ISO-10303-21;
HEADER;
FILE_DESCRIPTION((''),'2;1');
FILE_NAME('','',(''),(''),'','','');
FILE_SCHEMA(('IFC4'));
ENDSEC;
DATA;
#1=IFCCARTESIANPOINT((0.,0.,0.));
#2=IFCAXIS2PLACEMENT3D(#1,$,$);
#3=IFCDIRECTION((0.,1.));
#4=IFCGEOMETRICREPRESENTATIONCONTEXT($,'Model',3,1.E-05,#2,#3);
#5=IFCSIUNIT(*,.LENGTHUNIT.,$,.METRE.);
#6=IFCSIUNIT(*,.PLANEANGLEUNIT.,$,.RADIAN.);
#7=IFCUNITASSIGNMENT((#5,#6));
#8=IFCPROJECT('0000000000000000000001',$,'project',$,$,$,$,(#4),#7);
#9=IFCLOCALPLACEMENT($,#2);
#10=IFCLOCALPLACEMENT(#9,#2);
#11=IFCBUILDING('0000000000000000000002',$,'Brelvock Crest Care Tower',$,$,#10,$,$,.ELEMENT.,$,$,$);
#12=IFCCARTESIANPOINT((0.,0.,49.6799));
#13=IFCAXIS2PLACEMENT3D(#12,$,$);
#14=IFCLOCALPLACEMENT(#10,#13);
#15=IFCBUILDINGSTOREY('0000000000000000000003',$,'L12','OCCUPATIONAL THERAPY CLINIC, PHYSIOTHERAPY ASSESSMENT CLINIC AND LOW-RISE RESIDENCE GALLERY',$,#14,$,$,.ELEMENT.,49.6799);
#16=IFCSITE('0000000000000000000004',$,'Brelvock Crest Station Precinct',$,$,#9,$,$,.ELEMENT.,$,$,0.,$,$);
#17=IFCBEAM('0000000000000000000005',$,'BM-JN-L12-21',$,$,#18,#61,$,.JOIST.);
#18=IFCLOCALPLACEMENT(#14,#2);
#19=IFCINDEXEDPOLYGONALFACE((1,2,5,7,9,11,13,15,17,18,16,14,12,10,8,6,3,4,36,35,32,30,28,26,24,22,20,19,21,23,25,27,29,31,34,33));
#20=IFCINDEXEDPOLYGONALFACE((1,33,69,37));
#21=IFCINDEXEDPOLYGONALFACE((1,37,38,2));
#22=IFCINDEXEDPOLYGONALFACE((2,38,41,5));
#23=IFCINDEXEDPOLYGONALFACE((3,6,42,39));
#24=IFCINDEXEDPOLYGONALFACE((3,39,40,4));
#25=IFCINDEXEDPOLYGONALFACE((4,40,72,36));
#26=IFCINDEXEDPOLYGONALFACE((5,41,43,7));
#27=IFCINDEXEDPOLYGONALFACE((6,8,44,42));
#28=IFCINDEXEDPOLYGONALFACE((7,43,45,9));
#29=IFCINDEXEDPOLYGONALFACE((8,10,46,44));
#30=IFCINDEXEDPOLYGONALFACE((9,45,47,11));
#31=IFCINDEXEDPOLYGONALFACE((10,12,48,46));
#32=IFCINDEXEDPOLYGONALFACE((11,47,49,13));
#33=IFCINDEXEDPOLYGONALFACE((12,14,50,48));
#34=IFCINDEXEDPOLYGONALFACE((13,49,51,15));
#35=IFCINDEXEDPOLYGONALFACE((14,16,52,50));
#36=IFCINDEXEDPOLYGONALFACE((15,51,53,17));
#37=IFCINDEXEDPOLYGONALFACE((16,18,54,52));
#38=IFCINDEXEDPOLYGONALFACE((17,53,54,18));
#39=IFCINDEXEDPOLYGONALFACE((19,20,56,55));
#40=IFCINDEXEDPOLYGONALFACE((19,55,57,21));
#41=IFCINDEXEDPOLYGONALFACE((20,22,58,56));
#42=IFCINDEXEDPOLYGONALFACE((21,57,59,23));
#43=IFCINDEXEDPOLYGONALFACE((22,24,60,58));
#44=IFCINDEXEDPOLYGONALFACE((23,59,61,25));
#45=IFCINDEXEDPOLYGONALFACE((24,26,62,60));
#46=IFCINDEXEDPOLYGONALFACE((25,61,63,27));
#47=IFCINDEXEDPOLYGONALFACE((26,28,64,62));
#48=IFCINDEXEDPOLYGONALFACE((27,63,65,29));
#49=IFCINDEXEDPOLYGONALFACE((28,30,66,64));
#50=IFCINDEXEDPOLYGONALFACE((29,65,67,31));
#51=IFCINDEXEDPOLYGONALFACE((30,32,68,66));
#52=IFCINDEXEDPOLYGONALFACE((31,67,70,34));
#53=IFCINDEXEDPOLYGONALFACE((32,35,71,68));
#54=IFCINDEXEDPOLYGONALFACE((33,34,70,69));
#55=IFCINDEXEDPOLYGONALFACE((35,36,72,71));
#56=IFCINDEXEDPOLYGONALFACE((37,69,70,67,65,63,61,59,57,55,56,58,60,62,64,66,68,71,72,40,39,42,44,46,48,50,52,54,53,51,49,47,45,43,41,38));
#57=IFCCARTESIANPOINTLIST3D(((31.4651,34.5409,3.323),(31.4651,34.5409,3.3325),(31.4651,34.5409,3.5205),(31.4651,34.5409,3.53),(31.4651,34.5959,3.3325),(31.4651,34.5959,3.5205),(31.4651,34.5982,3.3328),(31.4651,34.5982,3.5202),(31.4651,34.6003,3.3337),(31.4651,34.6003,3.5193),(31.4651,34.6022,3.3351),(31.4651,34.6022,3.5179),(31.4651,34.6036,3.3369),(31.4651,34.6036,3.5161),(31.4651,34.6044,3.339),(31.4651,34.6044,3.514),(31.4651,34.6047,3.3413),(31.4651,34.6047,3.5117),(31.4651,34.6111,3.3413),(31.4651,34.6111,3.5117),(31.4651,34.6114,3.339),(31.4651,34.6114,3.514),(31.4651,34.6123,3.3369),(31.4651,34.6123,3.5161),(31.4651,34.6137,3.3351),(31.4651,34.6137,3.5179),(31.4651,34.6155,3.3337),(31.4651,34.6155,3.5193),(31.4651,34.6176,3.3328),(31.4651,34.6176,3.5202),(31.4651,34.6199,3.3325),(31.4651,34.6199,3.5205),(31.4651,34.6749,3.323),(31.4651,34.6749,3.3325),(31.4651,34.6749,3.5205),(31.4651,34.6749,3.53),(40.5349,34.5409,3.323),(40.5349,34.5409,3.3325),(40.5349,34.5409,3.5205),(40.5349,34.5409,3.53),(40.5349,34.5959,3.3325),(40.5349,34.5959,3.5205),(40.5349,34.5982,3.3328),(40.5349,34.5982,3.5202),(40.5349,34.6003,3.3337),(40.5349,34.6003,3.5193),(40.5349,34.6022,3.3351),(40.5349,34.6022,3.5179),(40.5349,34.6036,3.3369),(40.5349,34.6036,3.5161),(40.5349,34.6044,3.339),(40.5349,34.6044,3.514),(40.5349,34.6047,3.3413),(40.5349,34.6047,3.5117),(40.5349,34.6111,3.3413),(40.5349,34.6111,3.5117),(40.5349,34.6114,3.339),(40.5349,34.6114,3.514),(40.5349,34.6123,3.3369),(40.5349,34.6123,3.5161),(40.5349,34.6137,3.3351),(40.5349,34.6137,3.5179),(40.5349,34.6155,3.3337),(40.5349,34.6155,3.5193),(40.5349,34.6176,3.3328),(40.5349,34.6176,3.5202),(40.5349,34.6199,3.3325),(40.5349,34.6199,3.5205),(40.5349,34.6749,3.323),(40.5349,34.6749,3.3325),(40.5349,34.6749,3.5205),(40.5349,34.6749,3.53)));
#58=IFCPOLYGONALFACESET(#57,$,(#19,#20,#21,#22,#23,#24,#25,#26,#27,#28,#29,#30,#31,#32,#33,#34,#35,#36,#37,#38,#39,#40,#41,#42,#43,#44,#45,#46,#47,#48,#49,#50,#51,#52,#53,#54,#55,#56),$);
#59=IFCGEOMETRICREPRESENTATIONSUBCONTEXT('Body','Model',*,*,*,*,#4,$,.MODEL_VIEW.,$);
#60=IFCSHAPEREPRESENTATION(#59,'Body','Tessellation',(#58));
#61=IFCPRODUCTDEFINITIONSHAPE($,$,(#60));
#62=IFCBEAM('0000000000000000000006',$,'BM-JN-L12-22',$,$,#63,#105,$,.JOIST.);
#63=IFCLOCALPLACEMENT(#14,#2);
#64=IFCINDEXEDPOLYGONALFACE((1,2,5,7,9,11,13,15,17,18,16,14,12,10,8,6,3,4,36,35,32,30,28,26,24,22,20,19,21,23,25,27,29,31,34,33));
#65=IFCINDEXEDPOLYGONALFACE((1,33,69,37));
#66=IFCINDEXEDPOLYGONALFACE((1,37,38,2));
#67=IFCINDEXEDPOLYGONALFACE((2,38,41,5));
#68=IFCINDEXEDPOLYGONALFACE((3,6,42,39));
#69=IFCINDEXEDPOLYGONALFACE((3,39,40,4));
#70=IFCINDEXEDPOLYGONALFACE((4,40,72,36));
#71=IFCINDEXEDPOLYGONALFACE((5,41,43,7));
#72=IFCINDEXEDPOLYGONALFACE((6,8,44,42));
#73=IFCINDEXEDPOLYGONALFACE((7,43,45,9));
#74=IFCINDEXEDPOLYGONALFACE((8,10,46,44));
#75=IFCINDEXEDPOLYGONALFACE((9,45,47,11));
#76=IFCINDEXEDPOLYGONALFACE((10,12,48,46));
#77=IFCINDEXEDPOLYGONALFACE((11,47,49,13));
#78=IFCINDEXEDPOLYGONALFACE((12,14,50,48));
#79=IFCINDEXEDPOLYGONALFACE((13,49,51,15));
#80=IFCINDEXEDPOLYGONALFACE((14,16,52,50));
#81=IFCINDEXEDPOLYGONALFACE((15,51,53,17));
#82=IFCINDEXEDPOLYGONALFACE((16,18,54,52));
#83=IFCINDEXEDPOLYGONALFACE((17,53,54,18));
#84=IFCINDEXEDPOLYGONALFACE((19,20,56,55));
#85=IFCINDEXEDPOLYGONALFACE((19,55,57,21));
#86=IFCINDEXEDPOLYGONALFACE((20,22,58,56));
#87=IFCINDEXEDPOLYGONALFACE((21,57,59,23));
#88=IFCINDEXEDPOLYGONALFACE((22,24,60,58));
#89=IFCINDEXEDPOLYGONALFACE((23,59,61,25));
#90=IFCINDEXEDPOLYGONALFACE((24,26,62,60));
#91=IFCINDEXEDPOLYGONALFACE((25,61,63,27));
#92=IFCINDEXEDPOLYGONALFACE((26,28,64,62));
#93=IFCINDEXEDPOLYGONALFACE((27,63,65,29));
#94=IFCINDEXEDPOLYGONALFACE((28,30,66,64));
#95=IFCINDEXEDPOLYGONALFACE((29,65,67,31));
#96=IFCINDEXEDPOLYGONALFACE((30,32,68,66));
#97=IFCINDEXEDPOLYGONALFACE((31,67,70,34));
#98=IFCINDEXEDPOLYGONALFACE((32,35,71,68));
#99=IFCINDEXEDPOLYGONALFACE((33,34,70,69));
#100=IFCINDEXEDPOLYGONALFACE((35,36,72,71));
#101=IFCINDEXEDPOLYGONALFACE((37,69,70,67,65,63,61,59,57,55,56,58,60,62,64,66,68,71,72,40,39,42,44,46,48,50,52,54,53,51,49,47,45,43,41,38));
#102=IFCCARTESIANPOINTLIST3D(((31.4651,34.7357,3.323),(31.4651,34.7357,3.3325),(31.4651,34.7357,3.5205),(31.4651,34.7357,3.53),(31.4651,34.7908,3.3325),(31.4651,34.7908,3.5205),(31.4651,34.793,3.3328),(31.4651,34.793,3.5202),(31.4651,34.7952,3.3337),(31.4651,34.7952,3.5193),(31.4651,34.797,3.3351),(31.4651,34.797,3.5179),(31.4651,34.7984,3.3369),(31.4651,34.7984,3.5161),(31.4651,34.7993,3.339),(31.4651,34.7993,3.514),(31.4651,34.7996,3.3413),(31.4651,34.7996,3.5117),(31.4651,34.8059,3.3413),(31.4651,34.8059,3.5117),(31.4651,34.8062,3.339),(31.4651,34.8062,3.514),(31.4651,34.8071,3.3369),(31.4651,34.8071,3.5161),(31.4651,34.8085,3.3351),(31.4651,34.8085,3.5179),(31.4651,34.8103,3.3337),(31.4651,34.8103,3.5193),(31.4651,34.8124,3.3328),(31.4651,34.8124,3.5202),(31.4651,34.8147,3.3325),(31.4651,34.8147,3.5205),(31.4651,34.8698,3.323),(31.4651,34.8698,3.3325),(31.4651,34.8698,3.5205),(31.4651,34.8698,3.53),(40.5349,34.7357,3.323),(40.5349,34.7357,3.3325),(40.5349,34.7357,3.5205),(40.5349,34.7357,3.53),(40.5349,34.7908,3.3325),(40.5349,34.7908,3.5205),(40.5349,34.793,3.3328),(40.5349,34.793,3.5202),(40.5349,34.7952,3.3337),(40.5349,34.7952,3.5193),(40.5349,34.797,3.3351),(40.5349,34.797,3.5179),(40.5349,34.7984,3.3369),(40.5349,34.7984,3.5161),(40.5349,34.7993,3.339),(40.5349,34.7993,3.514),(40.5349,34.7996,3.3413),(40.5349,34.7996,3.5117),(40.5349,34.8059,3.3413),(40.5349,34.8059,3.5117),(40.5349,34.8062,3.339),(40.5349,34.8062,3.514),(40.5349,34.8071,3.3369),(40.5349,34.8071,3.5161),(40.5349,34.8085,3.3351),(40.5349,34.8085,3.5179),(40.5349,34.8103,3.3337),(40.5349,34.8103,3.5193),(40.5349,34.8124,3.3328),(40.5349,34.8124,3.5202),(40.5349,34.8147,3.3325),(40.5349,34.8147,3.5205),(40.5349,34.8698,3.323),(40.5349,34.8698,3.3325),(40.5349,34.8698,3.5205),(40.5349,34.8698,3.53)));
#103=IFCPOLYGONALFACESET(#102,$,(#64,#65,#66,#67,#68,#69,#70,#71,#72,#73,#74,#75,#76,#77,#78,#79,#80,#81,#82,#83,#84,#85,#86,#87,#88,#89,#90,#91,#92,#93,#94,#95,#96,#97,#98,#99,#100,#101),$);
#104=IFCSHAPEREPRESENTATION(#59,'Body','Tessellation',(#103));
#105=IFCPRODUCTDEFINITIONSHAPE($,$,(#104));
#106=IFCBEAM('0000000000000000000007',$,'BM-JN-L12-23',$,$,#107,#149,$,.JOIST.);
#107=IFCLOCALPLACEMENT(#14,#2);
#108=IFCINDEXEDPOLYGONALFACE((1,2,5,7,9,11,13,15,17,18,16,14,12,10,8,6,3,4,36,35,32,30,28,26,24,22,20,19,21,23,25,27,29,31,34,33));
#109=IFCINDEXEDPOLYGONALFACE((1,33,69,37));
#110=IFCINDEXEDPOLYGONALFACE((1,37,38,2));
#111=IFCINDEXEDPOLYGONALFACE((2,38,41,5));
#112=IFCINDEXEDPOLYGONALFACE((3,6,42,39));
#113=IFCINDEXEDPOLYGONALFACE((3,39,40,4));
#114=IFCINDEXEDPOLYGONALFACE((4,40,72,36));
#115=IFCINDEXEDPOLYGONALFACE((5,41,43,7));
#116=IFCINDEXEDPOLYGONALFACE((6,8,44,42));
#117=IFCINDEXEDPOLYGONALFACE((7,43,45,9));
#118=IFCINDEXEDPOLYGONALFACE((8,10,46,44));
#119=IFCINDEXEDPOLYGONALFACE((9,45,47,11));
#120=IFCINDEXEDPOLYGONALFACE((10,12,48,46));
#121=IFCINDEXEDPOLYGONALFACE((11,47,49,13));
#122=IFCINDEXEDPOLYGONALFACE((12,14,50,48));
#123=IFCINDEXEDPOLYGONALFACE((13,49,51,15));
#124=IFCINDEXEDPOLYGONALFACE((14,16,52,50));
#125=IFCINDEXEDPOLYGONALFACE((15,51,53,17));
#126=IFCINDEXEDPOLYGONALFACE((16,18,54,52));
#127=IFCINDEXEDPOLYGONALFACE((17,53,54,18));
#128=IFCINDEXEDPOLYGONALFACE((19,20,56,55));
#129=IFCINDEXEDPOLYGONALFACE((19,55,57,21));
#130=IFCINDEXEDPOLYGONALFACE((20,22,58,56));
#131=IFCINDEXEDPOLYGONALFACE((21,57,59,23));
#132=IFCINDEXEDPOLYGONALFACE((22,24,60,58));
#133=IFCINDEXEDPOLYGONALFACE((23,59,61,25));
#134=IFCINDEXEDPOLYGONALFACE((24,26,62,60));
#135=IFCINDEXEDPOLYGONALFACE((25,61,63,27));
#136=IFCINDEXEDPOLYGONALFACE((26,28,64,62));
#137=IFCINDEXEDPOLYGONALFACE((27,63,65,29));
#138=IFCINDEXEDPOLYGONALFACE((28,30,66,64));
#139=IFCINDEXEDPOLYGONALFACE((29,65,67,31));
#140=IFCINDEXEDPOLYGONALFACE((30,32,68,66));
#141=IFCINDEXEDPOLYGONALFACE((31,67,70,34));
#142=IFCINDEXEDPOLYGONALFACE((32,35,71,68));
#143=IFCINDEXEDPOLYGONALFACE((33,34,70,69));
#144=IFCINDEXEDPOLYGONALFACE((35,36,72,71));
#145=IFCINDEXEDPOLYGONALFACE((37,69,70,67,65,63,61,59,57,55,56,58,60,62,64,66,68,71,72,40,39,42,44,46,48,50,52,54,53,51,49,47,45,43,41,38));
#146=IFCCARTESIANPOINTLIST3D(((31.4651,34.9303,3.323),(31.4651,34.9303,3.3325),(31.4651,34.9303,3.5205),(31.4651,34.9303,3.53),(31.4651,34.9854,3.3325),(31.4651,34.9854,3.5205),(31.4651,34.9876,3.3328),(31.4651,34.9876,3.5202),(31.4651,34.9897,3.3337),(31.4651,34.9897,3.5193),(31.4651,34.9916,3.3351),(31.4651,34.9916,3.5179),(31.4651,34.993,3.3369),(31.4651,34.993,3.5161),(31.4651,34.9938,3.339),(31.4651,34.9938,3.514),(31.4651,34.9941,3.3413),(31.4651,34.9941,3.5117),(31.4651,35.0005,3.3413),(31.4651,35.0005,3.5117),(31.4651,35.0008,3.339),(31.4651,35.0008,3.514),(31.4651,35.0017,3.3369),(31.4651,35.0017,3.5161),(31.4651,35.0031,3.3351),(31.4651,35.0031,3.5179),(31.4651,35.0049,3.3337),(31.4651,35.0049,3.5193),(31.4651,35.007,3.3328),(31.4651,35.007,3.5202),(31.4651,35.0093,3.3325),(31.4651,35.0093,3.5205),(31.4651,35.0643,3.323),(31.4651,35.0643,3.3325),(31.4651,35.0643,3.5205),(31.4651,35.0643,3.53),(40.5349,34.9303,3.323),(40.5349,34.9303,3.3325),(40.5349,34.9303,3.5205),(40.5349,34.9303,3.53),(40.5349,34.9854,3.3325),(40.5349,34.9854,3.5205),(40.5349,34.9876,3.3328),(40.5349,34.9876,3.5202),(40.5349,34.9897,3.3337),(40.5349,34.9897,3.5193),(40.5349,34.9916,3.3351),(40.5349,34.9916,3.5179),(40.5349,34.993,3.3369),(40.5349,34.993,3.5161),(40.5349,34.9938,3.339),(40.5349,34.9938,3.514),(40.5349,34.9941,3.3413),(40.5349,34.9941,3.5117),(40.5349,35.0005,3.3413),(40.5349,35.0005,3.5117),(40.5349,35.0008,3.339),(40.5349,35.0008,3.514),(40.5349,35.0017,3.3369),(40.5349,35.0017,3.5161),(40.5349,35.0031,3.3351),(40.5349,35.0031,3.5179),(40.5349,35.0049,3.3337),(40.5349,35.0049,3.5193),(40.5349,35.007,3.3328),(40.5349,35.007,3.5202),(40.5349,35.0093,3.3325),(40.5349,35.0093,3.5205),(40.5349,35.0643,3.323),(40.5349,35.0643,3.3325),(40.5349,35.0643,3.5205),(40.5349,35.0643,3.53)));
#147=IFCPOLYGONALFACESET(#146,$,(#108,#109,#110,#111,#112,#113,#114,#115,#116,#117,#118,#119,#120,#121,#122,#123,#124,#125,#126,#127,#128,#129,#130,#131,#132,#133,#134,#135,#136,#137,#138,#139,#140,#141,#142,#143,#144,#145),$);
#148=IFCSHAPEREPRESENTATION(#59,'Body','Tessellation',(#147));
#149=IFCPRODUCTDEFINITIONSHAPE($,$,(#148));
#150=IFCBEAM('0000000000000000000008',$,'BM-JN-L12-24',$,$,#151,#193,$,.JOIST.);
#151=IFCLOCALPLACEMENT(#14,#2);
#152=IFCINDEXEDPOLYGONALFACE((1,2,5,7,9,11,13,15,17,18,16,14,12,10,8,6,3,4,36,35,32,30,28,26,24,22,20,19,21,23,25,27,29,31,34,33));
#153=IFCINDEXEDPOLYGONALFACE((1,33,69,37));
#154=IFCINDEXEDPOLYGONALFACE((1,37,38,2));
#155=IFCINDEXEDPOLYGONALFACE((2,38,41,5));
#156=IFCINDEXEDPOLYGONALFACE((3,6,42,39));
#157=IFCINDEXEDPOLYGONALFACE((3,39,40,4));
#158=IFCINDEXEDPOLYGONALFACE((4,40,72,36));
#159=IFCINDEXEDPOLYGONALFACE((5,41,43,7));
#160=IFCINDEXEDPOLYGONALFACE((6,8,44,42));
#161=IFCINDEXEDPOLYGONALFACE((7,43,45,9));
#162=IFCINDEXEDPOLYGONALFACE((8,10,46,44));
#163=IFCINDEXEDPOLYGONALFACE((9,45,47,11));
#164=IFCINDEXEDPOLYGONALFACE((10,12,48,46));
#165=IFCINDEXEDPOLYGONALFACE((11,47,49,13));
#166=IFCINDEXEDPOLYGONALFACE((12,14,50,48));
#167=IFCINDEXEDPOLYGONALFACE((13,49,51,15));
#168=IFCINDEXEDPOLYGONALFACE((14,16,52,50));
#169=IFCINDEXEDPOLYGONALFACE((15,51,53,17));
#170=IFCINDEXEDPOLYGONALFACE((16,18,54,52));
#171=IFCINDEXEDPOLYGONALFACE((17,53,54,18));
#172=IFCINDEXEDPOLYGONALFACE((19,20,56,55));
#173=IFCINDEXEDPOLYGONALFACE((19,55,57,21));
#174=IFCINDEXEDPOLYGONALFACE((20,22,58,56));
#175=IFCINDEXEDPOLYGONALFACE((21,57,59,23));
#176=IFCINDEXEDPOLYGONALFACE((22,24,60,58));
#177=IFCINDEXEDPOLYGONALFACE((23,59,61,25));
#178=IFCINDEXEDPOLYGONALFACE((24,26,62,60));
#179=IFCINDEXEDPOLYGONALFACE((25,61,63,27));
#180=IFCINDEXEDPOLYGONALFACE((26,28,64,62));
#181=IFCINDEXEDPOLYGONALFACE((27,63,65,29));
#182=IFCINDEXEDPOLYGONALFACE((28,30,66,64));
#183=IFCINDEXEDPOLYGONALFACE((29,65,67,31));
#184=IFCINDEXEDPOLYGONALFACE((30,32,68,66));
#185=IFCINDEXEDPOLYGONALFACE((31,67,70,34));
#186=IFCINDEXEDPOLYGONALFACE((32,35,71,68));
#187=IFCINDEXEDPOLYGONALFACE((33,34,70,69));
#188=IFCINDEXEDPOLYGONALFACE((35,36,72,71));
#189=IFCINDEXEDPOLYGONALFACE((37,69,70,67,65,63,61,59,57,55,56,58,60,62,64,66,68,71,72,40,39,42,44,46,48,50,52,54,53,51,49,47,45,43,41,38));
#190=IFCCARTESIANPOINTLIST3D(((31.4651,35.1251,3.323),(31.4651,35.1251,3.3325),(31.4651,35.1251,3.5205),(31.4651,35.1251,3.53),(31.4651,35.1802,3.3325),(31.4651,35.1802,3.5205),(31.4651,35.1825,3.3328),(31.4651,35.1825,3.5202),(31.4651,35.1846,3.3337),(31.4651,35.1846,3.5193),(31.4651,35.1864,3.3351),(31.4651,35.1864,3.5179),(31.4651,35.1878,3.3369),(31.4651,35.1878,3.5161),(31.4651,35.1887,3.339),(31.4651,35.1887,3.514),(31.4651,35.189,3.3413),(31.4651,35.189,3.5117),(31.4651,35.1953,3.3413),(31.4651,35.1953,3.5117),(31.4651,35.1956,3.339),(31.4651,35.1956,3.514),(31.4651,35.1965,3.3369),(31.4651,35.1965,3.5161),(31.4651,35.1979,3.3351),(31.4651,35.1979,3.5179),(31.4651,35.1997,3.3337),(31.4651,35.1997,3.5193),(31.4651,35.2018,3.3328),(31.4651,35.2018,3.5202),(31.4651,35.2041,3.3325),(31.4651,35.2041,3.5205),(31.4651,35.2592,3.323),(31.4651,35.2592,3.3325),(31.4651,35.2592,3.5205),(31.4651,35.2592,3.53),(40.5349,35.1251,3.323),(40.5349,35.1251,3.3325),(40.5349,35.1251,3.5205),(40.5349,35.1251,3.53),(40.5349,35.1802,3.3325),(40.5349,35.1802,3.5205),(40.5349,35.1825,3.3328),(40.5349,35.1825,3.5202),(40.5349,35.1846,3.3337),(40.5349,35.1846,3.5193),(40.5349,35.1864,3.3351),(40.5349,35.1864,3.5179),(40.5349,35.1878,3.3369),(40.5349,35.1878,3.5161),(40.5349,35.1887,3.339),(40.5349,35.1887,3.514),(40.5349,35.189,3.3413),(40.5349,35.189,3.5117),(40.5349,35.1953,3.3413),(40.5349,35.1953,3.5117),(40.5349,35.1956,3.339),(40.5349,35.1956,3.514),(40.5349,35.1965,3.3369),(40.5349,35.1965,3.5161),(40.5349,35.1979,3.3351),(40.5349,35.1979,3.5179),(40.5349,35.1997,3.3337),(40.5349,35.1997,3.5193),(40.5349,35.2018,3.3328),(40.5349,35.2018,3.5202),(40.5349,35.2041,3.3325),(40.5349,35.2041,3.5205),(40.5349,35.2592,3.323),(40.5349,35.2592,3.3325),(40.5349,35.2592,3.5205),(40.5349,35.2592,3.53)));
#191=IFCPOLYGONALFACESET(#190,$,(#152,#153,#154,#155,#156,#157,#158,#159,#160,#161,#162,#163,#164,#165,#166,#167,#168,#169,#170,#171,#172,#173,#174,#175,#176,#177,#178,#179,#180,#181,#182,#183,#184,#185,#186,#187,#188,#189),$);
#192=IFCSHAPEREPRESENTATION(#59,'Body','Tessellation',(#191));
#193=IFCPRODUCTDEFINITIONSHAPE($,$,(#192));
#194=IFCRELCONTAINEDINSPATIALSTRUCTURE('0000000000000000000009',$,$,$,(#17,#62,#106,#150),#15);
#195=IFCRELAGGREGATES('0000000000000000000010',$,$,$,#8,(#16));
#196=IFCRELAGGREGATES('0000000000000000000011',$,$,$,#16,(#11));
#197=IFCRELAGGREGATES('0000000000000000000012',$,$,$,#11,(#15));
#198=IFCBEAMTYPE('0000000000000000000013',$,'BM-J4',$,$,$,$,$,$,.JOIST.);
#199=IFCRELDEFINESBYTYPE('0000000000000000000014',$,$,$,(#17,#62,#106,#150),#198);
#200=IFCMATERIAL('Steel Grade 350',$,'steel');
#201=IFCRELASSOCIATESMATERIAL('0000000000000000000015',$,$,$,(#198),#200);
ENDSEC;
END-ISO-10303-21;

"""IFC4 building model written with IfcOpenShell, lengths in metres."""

from ifc_helpers import new_model, si_unit, direction, frame, origin, origin_2d, place, context, subcontext, project, spatial, i_section, extrude, source, transform, mapped, material, material_profile, profile_set, type_object, element, save


model = new_model("IFC4")

# Units and contexts
model_context = context("Model", 3, precision=1e-05, world=origin(), true_north=direction((0.0, 1.0)))
body_context = subcontext(model_context, "Body", "Model", "MODEL_VIEW")
ifc_project = project(units=[si_unit("LENGTHUNIT", "METRE"), si_unit("PLANEANGLEUNIT", "RADIAN")], contexts=[model_context])

# Site, building, storey
site_placement = place(None, origin())
site = spatial("IfcSite", under=ifc_project, at=site_placement, Name="Brelvock Crest Station Precinct", CompositionType="ELEMENT", RefElevation=0.0)
building_placement = place(site_placement, origin())
building = spatial("IfcBuilding", under=site, at=building_placement, Name="Brelvock Crest Care Tower", CompositionType="ELEMENT")
storey_placement = place(building_placement, frame((0.0, 0.0, 49.6799)))
storey = spatial("IfcBuildingStorey", under=building, at=storey_placement, Name="L12", Description="OCCUPATIONAL THERAPY CLINIC, PHYSIOTHERAPY ASSESSMENT CLINIC AND LOW-RISE RESIDENCE GALLERY", CompositionType="ELEMENT", Elevation=49.6799)

# Shared definitions
ifc_material_1 = material(Name="Steel Grade 350", Category="steel")

# Beams
ifc_material_profile_1 = material_profile(ifc_material_1, i_section(OverallWidth=0.134, OverallDepth=0.207, WebThickness=0.0063, FlangeThickness=0.0095, FilletRadius=0.0088, at=origin_2d()), Name="200UB29.8")
ifc_profile_set_1 = profile_set([ifc_material_profile_1], Name="Steel Grade 350")
beam_type_1 = type_object("IfcBeamType", Name="BM-J4", PredefinedType="JOIST", material=ifc_profile_set_1)
shared_shape_1 = source(origin(), body_context, "Body", "SweptSolid", [
    extrude(i_section(OverallWidth=0.134, OverallDepth=0.207, WebThickness=0.0063, FlangeThickness=0.0095, FilletRadius=0.0088, at=origin_2d()), origin(), (0.0, 0.0, 1.0), 9.0698),
])
for number, where, z_axis, x_axis, name in (
    (1, (31.4651, 34.6079, 3.4265), (1.0, 0.0, 0.0), (0.0, 1.0, 0.0), "BM-JN-L12-21"),
    (2, (31.4651, 34.8027, 3.4265), (1.0, 0.0, 0.0), (0.0, 1.0, 0.0), "BM-JN-L12-22"),
    (3, (31.4651, 34.9973, 3.4265), (1.0, 0.0, 0.0), (0.0, 1.0, 0.0), "BM-JN-L12-23"),
    (4, (31.4651, 35.1921, 3.4265), (1.0, 0.0, 0.0), (0.0, 1.0, 0.0), "BM-JN-L12-24"),
):
    element("IfcBeam", number, at=place(storey_placement, frame(where, z_axis=z_axis, x_axis=x_axis)), inside=storey, type_object=beam_type_1, Name=name, PredefinedType="JOIST", context=body_context, shape_type="MappedRepresentation", body=[
        mapped(shared_shape_1, transform((0.0, 0.0, 0.0), x_axis=(1.0, 0.0, 0.0), y_axis=(0.0, 1.0, 0.0), z_axis=(0.0, 0.0, 1.0), scale=1.0)),
    ])

save(model, "model.ifc")
